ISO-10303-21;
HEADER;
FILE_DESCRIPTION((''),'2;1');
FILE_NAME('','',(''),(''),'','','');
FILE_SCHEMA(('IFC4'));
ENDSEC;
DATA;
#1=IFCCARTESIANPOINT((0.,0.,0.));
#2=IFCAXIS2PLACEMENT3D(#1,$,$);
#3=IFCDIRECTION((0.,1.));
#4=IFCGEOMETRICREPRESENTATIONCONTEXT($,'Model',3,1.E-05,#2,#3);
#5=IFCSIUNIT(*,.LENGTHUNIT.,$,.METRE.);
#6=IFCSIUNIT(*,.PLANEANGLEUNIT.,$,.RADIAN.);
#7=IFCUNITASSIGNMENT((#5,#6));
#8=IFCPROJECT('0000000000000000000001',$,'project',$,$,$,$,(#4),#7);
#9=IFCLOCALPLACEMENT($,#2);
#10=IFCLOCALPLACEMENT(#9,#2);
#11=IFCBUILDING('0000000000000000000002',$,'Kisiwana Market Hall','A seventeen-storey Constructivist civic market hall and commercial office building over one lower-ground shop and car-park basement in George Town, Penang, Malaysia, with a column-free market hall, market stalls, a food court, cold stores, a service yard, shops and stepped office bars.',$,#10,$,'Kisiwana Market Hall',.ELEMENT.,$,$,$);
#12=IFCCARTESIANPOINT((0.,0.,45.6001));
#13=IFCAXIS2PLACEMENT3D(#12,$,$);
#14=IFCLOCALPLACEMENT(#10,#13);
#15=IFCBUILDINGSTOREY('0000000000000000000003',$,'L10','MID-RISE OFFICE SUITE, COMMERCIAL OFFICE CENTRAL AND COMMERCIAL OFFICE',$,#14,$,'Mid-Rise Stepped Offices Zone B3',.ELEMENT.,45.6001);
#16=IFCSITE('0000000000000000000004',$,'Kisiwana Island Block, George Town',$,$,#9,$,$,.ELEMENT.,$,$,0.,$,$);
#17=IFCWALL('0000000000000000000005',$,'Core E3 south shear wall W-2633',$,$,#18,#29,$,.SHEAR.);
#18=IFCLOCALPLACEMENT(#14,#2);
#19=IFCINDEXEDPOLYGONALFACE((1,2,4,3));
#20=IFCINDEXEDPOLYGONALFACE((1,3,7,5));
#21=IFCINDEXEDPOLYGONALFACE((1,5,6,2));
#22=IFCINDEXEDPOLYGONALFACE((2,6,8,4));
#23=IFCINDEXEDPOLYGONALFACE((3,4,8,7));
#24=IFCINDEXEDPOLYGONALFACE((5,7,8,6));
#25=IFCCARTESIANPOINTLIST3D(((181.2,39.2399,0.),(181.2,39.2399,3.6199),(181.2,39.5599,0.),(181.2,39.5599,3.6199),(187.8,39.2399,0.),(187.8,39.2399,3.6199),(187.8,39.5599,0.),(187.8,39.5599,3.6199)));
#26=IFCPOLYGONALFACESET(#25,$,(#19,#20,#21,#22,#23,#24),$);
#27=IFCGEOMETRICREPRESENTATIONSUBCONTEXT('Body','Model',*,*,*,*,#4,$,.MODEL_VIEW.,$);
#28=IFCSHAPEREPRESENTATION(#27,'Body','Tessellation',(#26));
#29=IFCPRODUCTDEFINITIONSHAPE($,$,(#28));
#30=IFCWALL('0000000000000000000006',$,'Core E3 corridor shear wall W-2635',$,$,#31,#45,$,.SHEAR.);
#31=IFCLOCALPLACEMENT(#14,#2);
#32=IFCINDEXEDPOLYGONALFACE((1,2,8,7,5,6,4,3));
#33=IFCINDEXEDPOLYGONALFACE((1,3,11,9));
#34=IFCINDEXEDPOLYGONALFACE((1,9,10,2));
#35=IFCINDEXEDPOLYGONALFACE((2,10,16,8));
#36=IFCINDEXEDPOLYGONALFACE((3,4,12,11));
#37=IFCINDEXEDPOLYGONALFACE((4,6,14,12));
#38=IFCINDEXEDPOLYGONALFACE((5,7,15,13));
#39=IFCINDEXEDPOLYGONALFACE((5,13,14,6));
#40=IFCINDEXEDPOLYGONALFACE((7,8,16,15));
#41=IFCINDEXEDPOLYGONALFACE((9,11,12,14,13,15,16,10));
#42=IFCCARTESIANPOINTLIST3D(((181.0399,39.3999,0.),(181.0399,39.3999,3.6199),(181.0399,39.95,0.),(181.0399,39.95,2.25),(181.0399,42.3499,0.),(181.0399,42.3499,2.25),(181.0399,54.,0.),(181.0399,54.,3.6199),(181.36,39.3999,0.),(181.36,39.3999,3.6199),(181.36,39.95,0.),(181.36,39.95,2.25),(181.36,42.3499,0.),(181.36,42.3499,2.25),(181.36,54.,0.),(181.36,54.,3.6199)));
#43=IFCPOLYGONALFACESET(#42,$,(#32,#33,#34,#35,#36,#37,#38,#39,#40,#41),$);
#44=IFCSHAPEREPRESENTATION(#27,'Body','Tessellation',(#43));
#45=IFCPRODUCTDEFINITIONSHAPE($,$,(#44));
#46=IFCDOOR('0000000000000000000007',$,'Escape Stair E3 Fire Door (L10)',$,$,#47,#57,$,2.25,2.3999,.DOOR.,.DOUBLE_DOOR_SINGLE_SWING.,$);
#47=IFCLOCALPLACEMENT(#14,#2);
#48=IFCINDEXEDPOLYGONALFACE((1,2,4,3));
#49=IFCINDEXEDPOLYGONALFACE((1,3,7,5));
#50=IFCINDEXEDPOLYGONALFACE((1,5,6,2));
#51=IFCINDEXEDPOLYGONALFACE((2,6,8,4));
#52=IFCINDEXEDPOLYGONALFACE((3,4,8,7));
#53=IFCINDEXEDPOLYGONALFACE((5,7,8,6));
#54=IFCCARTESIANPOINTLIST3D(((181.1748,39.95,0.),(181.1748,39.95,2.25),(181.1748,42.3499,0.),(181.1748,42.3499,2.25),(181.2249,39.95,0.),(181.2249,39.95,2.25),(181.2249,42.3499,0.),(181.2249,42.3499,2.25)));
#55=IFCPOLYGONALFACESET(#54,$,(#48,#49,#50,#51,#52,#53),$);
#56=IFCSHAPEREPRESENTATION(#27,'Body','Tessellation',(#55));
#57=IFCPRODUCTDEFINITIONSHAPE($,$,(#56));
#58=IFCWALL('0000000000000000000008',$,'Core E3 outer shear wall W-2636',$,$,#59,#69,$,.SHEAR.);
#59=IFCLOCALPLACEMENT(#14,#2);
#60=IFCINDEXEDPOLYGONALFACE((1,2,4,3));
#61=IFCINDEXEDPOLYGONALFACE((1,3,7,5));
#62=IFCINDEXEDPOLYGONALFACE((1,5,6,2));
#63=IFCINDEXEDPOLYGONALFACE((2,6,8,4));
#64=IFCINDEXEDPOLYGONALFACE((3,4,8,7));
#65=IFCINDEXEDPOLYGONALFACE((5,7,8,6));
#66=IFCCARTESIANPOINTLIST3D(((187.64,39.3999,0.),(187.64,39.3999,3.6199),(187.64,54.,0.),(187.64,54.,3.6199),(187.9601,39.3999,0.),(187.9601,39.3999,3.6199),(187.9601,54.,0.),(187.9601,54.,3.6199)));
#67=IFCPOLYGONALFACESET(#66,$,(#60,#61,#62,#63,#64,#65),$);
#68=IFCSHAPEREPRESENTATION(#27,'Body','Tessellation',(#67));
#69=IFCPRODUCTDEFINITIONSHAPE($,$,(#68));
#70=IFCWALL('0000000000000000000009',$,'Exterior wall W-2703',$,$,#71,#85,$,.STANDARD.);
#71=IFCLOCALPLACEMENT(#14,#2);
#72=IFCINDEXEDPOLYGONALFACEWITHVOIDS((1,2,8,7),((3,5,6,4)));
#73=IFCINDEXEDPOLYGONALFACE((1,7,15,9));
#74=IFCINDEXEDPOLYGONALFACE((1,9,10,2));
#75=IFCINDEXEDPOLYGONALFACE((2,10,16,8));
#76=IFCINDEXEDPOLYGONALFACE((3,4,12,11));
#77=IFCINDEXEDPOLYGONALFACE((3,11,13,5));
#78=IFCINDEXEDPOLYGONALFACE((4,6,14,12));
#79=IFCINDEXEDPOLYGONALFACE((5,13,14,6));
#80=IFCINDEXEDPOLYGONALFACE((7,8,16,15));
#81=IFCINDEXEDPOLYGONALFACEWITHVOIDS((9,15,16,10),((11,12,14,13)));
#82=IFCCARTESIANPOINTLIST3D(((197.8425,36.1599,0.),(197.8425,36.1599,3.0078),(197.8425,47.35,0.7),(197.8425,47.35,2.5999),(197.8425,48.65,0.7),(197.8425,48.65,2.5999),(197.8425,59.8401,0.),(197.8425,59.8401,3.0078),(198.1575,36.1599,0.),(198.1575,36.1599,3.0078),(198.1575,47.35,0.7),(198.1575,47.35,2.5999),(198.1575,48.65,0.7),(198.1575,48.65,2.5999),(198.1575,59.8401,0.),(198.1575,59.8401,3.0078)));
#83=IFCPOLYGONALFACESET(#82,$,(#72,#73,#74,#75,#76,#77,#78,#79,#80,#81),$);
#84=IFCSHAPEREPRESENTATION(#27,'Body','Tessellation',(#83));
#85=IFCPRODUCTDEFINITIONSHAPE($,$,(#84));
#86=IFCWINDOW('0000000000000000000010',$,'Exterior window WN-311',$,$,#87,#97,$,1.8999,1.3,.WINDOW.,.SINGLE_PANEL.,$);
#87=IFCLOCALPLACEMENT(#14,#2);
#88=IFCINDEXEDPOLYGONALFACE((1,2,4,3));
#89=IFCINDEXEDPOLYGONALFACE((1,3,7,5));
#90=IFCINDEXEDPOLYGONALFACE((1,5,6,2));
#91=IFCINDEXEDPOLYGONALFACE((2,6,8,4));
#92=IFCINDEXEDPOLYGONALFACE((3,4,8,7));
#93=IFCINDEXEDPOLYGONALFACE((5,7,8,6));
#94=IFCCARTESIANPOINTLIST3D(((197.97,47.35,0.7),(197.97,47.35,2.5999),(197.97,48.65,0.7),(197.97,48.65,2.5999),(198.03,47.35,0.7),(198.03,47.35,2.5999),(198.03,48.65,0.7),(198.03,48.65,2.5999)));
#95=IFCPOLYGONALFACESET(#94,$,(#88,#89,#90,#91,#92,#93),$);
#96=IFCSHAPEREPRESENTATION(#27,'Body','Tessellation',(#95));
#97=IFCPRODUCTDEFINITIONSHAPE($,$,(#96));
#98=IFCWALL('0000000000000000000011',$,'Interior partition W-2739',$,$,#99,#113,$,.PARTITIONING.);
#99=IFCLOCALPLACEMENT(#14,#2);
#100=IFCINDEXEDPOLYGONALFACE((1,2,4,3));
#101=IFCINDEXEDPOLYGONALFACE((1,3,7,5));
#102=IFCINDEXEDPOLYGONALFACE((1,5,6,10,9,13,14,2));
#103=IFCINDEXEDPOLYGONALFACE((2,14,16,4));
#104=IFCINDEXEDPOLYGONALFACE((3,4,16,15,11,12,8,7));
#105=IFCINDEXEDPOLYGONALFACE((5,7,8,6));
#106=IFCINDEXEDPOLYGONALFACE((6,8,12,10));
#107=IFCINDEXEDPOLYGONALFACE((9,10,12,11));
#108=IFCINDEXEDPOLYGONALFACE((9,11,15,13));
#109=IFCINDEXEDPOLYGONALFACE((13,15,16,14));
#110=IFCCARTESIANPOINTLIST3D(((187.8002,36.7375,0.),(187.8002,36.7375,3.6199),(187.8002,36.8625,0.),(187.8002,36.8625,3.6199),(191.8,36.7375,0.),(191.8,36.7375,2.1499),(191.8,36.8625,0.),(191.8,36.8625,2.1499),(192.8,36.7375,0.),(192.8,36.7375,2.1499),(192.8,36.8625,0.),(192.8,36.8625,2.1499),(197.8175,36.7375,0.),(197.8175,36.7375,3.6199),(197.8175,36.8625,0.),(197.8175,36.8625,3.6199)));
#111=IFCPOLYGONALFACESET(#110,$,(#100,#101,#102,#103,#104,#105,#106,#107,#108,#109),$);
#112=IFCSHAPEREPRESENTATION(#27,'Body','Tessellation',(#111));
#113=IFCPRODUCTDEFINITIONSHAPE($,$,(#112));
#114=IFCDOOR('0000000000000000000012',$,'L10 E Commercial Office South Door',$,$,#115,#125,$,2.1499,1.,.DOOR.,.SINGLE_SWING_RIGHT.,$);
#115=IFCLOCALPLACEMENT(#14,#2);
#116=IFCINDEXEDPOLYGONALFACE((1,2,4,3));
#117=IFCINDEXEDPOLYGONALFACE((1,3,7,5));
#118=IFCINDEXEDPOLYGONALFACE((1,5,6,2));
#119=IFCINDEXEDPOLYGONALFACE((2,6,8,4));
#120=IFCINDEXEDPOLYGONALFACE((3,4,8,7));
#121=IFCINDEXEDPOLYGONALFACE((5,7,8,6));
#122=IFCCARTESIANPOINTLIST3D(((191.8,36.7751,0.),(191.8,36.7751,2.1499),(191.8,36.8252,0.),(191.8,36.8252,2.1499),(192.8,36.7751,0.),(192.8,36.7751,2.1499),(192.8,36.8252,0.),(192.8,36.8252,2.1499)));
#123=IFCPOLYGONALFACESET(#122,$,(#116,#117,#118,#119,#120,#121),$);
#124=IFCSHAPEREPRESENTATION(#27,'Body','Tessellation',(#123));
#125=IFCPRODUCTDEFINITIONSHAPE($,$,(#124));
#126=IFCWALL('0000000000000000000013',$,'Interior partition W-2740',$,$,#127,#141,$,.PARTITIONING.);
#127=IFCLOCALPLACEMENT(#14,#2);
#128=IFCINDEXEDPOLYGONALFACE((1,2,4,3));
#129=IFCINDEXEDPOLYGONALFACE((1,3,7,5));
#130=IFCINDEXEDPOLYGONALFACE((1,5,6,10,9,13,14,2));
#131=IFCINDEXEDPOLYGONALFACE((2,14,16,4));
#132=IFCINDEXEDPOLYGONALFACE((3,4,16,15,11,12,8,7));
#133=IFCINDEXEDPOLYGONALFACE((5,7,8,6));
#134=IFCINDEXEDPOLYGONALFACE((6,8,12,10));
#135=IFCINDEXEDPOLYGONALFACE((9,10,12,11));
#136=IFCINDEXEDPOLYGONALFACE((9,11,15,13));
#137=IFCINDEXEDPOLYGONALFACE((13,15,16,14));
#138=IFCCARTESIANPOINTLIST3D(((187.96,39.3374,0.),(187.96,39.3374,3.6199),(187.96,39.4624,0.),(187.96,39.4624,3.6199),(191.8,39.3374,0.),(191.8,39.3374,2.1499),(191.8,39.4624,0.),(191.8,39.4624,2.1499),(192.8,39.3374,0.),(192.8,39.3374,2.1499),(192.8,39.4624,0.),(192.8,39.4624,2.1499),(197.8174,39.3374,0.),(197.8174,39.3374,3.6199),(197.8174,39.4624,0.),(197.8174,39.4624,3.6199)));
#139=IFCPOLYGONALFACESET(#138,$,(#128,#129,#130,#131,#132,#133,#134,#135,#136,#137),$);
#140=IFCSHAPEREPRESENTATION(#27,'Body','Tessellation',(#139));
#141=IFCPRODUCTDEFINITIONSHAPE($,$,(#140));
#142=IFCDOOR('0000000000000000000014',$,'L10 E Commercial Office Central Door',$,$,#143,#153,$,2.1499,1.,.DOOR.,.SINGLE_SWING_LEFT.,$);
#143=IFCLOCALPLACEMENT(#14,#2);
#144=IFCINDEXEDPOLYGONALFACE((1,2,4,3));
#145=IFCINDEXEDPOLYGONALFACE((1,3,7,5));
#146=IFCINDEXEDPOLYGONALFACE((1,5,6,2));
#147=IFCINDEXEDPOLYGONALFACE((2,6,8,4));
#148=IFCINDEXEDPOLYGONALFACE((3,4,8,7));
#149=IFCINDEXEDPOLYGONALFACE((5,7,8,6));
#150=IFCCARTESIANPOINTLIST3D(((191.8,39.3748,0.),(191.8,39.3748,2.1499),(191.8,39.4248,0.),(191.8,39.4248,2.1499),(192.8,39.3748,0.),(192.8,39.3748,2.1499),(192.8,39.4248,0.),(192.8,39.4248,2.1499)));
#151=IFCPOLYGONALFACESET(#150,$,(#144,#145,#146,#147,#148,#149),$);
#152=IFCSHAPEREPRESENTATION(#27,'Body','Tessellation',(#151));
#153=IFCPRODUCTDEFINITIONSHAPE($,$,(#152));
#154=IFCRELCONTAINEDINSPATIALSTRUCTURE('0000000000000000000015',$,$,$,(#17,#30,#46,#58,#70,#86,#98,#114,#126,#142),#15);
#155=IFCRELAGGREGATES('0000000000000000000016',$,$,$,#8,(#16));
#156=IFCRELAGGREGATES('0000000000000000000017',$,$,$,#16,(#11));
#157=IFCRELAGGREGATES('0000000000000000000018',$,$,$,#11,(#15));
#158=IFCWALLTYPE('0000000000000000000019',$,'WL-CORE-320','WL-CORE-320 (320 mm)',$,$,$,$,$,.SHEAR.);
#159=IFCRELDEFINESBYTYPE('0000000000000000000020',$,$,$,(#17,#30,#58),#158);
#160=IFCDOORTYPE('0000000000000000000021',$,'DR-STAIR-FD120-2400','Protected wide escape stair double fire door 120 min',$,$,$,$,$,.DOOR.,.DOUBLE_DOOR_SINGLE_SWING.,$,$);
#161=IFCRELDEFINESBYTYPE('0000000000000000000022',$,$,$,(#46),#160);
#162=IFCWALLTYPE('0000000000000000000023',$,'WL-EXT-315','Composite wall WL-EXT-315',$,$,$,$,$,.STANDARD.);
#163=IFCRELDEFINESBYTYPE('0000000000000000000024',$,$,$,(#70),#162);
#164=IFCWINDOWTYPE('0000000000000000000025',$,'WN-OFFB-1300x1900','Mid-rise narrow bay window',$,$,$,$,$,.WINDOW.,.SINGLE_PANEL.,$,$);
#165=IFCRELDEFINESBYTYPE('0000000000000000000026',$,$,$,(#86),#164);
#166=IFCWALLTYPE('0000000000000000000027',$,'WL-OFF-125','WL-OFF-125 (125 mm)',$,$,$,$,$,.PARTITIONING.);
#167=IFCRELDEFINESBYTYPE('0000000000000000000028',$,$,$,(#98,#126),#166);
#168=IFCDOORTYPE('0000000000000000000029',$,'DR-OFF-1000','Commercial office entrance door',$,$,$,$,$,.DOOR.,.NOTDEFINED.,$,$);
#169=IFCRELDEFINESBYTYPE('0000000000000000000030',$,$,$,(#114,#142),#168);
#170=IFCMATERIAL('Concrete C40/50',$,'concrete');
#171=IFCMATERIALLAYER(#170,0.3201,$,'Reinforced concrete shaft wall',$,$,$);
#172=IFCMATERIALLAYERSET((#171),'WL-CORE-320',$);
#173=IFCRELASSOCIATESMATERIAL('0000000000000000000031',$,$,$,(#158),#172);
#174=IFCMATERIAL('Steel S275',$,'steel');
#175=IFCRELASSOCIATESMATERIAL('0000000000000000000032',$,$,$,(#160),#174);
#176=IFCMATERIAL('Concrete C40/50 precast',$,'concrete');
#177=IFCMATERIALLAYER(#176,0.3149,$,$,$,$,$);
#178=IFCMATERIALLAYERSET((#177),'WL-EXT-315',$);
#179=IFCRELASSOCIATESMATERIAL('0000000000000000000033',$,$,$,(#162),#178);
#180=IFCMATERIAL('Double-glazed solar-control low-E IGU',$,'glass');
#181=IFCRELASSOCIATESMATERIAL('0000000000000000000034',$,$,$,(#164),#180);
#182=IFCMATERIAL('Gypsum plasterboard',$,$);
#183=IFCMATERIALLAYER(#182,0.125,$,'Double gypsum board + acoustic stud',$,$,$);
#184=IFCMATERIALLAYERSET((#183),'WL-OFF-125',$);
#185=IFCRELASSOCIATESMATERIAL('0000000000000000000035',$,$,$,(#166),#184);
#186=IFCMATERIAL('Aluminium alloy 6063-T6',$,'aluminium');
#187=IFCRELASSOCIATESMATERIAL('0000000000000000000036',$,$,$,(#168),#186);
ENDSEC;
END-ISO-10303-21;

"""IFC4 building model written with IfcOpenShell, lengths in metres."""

from ifc_helpers import new_model, si_unit, direction, frame, frame_2d, origin, place, context, subcontext, project, spatial, rectangle, extrude, material, layer, layer_set, type_object, element, fill, save


model = new_model("IFC4")

# Units and contexts
model_context = context("Model", 3, precision=1e-05, world=origin(), true_north=direction((0.0, 1.0)))
body_context = subcontext(model_context, "Body", "Model", "MODEL_VIEW")
ifc_project = project(units=[si_unit("LENGTHUNIT", "METRE"), si_unit("PLANEANGLEUNIT", "RADIAN")], contexts=[model_context])

# Site, building, storey
site_placement = place(None, origin())
site = spatial("IfcSite", under=ifc_project, at=site_placement, Name="Kisiwana Island Block, George Town", CompositionType="ELEMENT", RefElevation=0.0)
building_placement = place(site_placement, origin())
building = spatial("IfcBuilding", under=site, at=building_placement, Name="Kisiwana Market Hall", Description="A seventeen-storey Constructivist civic market hall and commercial office building over one lower-ground shop and car-park basement in George Town, Penang, Malaysia, with a column-free market hall, market stalls, a food court, cold stores, a service yard, shops and stepped office bars.", LongName="Kisiwana Market Hall", CompositionType="ELEMENT")
storey_placement = place(building_placement, frame((0.0, 0.0, 45.6001)))
storey = spatial("IfcBuildingStorey", under=building, at=storey_placement, Name="L10", Description="MID-RISE OFFICE SUITE, COMMERCIAL OFFICE CENTRAL AND COMMERCIAL OFFICE", LongName="Mid-Rise Stepped Offices Zone B3", CompositionType="ELEMENT", Elevation=45.6001)

# Wall
ifc_material_1 = material(Name="Concrete C40/50", Category="concrete")
ifc_layer_1 = layer(ifc_material_1, 0.3201, Name="Reinforced concrete shaft wall")
ifc_layer_set_1 = layer_set([ifc_layer_1], Name="WL-CORE-320")
wall_type_1 = type_object("IfcWallType", Name="WL-CORE-320", Description="WL-CORE-320 (320 mm)", PredefinedType="SHEAR", material=ifc_layer_set_1)
wall_1_placement = place(storey_placement, frame((181.2, 39.3999, 0.0), z_axis=(0.0, 0.0, 1.0), x_axis=(1.0, 0.0, 0.0)))
element("IfcWall", 1, at=wall_1_placement, inside=storey, type_object=wall_type_1, Name="Core E3 south shear wall W-2633", PredefinedType="SHEAR", context=body_context, shape_type="SweptSolid", body=[
    extrude(rectangle(XDim=6.6001, YDim=0.3201, at=frame_2d((3.3, 0.0))), origin(), (0.0, 0.0, 1.0), 3.6199),
])

# Wall, opening, door
wall_2_placement = place(storey_placement, frame((181.2, 39.3999, 0.0), z_axis=(0.0, 0.0, 1.0), x_axis=(0.0, 1.0, 0.0)))
wall_2 = element("IfcWall", 2, at=wall_2_placement, inside=storey, type_object=wall_type_1, Name="Core E3 corridor shear wall W-2635", PredefinedType="SHEAR", context=body_context, shape_type="SweptSolid", body=[
    extrude(rectangle(XDim=14.6001, YDim=0.3201, at=frame_2d((7.3, 0.0))), origin(), (0.0, 0.0, 1.0), 3.6199),
])
opening_1_placement = place(wall_2_placement, frame((0.55, 0.0, 0.0)))
opening_1 = element("IfcOpeningElement", 3, at=opening_1_placement, cuts=wall_2, PredefinedType="OPENING", context=body_context, shape_type="SweptSolid", body=[
    extrude(rectangle(XDim=2.3999, YDim=2.25, at=frame_2d((1.2, 1.125))), frame((0.0, 0.1719, 0.0), z_axis=(0.0, -1.0, 0.0), x_axis=(1.0, 0.0, 0.0)), (0.0, 0.0, 1.0), 0.344),
])
ifc_material_2 = material(Name="Steel S275", Category="steel")
door_type_1 = type_object("IfcDoorType", Name="DR-STAIR-FD120-2400", Description="Protected wide escape stair double fire door 120 min", OperationType="DOUBLE_DOOR_SINGLE_SWING", PredefinedType="DOOR", material=ifc_material_2)
door_1_placement = place(opening_1_placement, frame((2.3999, 0.0, 0.0), z_axis=(0.0, 0.0, 1.0), x_axis=(-1.0, 0.0, 0.0)))
door_1 = element("IfcDoor", 4, at=door_1_placement, inside=storey, type_object=door_type_1, Name="Escape Stair E3 Fire Door (L10)", OperationType="DOUBLE_DOOR_SINGLE_SWING", OverallHeight=2.25, OverallWidth=2.3999, PredefinedType="DOOR", context=body_context, shape_type="SweptSolid", body=[
    extrude(rectangle(XDim=2.3999, YDim=2.25, at=frame_2d((1.2, 1.125))), frame((0.0, 0.0249, 0.0), z_axis=(0.0, -1.0, 0.0), x_axis=(1.0, 0.0, 0.0)), (0.0, 0.0, 1.0), 0.05),
])
fill(opening_1, door_1)

# Wall
wall_3_placement = place(storey_placement, frame((187.8, 39.3999, 0.0), z_axis=(0.0, 0.0, 1.0), x_axis=(0.0, 1.0, 0.0)))
element("IfcWall", 5, at=wall_3_placement, inside=storey, type_object=wall_type_1, Name="Core E3 outer shear wall W-2636", PredefinedType="SHEAR", context=body_context, shape_type="SweptSolid", body=[
    extrude(rectangle(XDim=14.6001, YDim=0.3201, at=frame_2d((7.3, 0.0))), origin(), (0.0, 0.0, 1.0), 3.6199),
])

# Wall, opening, window
ifc_material_3 = material(Name="Concrete C40/50 precast", Category="concrete")
ifc_layer_2 = layer(ifc_material_3, 0.3149)
ifc_layer_set_2 = layer_set([ifc_layer_2], Name="WL-EXT-315")
wall_type_2 = type_object("IfcWallType", Name="WL-EXT-315", Description="Composite wall WL-EXT-315", PredefinedType="STANDARD", material=ifc_layer_set_2)
wall_4_placement = place(storey_placement, frame((198.0, 36.1599, 0.0), z_axis=(0.0, 0.0, 1.0), x_axis=(0.0, 1.0, 0.0)))
wall_4 = element("IfcWall", 6, at=wall_4_placement, inside=storey, type_object=wall_type_2, Name="Exterior wall W-2703", PredefinedType="STANDARD", context=body_context, shape_type="SweptSolid", body=[
    extrude(rectangle(XDim=23.6802, YDim=0.3149, at=frame_2d((11.8401, 0.0))), origin(), (0.0, 0.0, 1.0), 3.0078),
])
opening_2_placement = place(wall_4_placement, frame((11.1902, 0.0, 0.7)))
opening_2 = element("IfcOpeningElement", 7, at=opening_2_placement, cuts=wall_4, PredefinedType="OPENING", context=body_context, shape_type="SweptSolid", body=[
    extrude(rectangle(XDim=1.3, YDim=1.8999, at=frame_2d((0.6499, 0.95))), frame((0.0, 0.1694, 0.0), z_axis=(0.0, -1.0, 0.0), x_axis=(1.0, 0.0, 0.0)), (0.0, 0.0, 1.0), 0.3389),
])
ifc_material_4 = material(Name="Double-glazed solar-control low-E IGU", Category="glass")
window_type = type_object("IfcWindowType", Name="WN-OFFB-1300x1900", Description="Mid-rise narrow bay window", PartitioningType="SINGLE_PANEL", PredefinedType="WINDOW", material=ifc_material_4)
window_placement = place(opening_2_placement, origin())
window = element("IfcWindow", 8, at=window_placement, inside=storey, type_object=window_type, Name="Exterior window WN-311", OverallHeight=1.8999, OverallWidth=1.3, PartitioningType="SINGLE_PANEL", PredefinedType="WINDOW", context=body_context, shape_type="SweptSolid", body=[
    extrude(rectangle(XDim=1.3, YDim=1.8999, at=frame_2d((0.6499, 0.95))), frame((0.0, 0.03, 0.0), z_axis=(0.0, -1.0, 0.0), x_axis=(1.0, 0.0, 0.0)), (0.0, 0.0, 1.0), 0.0601),
])
fill(opening_2, window)

# Walls, openings, doors
ifc_material_5 = material(Name="Gypsum plasterboard")
ifc_layer_3 = layer(ifc_material_5, 0.125, Name="Double gypsum board + acoustic stud")
ifc_layer_set_3 = layer_set([ifc_layer_3], Name="WL-OFF-125")
wall_type_3 = type_object("IfcWallType", Name="WL-OFF-125", Description="WL-OFF-125 (125 mm)", PredefinedType="PARTITIONING", material=ifc_layer_set_3)
wall_5_placement = place(storey_placement, frame((187.8, 36.8, 0.0), z_axis=(0.0, 0.0, 1.0), x_axis=(1.0, 0.0, 0.0)))
wall_5 = element("IfcWall", 9, at=wall_5_placement, inside=storey, type_object=wall_type_3, Name="Interior partition W-2739", PredefinedType="PARTITIONING", context=body_context, shape_type="SweptSolid", body=[
    extrude(rectangle(XDim=10.0173, YDim=0.125, at=frame_2d((5.0088, 0.0))), origin(), (0.0, 0.0, 1.0), 3.6199),
])
opening_3_placement = place(wall_5_placement, frame((4.0, 0.0, 0.0)))
opening_3 = element("IfcOpeningElement", 10, at=opening_3_placement, cuts=wall_5, PredefinedType="OPENING", context=body_context, shape_type="SweptSolid", body=[
    extrude(rectangle(XDim=1.0, YDim=2.1499, at=frame_2d((0.5, 1.075))), frame((0.0, 0.0745, 0.0), z_axis=(0.0, -1.0, 0.0), x_axis=(1.0, 0.0, 0.0)), (0.0, 0.0, 1.0), 0.1489),
])
ifc_material_6 = material(Name="Aluminium alloy 6063-T6", Category="aluminium")
door_type_2 = type_object("IfcDoorType", Name="DR-OFF-1000", Description="Commercial office entrance door", OperationType="NOTDEFINED", PredefinedType="DOOR", material=ifc_material_6)
door_2_placement = place(opening_3_placement, frame((1.0, 0.0, 0.0), z_axis=(0.0, 0.0, 1.0), x_axis=(-1.0, 0.0, 0.0)))
door_2 = element("IfcDoor", 11, at=door_2_placement, inside=storey, type_object=door_type_2, Name="L10 E Commercial Office South Door", OperationType="SINGLE_SWING_RIGHT", OverallHeight=2.1499, OverallWidth=1.0, PredefinedType="DOOR", context=body_context, shape_type="SweptSolid", body=[
    extrude(rectangle(XDim=1.0, YDim=2.1499, at=frame_2d((0.5, 1.075))), frame((0.0, 0.0249, 0.0), z_axis=(0.0, -1.0, 0.0), x_axis=(1.0, 0.0, 0.0)), (0.0, 0.0, 1.0), 0.05),
])
fill(opening_3, door_2)
wall_6_placement = place(storey_placement, frame((187.96, 39.3999, 0.0), z_axis=(0.0, 0.0, 1.0), x_axis=(1.0, 0.0, 0.0)))
wall_6 = element("IfcWall", 12, at=wall_6_placement, inside=storey, type_object=wall_type_3, Name="Interior partition W-2740", PredefinedType="PARTITIONING", context=body_context, shape_type="SweptSolid", body=[
    extrude(rectangle(XDim=9.8574, YDim=0.125, at=frame_2d((4.9287, 0.0))), origin(), (0.0, 0.0, 1.0), 3.6199),
])
opening_4_placement = place(wall_6_placement, frame((3.8401, 0.0, 0.0)))
opening_4 = element("IfcOpeningElement", 13, at=opening_4_placement, cuts=wall_6, PredefinedType="OPENING", context=body_context, shape_type="SweptSolid", body=[
    extrude(rectangle(XDim=1.0, YDim=2.1499, at=frame_2d((0.5, 1.075))), frame((0.0, 0.0745, 0.0), z_axis=(0.0, -1.0, 0.0), x_axis=(1.0, 0.0, 0.0)), (0.0, 0.0, 1.0), 0.1489),
])
door_3_placement = place(opening_4_placement, origin())
door_3 = element("IfcDoor", 14, at=door_3_placement, inside=storey, type_object=door_type_2, Name="L10 E Commercial Office Central Door", OperationType="SINGLE_SWING_LEFT", OverallHeight=2.1499, OverallWidth=1.0, PredefinedType="DOOR", context=body_context, shape_type="SweptSolid", body=[
    extrude(rectangle(XDim=1.0, YDim=2.1499, at=frame_2d((0.5, 1.075))), frame((0.0, 0.0249, 0.0), z_axis=(0.0, -1.0, 0.0), x_axis=(1.0, 0.0, 0.0)), (0.0, 0.0, 1.0), 0.05),
])
fill(opening_4, door_3)

save(model, "model.ifc")
